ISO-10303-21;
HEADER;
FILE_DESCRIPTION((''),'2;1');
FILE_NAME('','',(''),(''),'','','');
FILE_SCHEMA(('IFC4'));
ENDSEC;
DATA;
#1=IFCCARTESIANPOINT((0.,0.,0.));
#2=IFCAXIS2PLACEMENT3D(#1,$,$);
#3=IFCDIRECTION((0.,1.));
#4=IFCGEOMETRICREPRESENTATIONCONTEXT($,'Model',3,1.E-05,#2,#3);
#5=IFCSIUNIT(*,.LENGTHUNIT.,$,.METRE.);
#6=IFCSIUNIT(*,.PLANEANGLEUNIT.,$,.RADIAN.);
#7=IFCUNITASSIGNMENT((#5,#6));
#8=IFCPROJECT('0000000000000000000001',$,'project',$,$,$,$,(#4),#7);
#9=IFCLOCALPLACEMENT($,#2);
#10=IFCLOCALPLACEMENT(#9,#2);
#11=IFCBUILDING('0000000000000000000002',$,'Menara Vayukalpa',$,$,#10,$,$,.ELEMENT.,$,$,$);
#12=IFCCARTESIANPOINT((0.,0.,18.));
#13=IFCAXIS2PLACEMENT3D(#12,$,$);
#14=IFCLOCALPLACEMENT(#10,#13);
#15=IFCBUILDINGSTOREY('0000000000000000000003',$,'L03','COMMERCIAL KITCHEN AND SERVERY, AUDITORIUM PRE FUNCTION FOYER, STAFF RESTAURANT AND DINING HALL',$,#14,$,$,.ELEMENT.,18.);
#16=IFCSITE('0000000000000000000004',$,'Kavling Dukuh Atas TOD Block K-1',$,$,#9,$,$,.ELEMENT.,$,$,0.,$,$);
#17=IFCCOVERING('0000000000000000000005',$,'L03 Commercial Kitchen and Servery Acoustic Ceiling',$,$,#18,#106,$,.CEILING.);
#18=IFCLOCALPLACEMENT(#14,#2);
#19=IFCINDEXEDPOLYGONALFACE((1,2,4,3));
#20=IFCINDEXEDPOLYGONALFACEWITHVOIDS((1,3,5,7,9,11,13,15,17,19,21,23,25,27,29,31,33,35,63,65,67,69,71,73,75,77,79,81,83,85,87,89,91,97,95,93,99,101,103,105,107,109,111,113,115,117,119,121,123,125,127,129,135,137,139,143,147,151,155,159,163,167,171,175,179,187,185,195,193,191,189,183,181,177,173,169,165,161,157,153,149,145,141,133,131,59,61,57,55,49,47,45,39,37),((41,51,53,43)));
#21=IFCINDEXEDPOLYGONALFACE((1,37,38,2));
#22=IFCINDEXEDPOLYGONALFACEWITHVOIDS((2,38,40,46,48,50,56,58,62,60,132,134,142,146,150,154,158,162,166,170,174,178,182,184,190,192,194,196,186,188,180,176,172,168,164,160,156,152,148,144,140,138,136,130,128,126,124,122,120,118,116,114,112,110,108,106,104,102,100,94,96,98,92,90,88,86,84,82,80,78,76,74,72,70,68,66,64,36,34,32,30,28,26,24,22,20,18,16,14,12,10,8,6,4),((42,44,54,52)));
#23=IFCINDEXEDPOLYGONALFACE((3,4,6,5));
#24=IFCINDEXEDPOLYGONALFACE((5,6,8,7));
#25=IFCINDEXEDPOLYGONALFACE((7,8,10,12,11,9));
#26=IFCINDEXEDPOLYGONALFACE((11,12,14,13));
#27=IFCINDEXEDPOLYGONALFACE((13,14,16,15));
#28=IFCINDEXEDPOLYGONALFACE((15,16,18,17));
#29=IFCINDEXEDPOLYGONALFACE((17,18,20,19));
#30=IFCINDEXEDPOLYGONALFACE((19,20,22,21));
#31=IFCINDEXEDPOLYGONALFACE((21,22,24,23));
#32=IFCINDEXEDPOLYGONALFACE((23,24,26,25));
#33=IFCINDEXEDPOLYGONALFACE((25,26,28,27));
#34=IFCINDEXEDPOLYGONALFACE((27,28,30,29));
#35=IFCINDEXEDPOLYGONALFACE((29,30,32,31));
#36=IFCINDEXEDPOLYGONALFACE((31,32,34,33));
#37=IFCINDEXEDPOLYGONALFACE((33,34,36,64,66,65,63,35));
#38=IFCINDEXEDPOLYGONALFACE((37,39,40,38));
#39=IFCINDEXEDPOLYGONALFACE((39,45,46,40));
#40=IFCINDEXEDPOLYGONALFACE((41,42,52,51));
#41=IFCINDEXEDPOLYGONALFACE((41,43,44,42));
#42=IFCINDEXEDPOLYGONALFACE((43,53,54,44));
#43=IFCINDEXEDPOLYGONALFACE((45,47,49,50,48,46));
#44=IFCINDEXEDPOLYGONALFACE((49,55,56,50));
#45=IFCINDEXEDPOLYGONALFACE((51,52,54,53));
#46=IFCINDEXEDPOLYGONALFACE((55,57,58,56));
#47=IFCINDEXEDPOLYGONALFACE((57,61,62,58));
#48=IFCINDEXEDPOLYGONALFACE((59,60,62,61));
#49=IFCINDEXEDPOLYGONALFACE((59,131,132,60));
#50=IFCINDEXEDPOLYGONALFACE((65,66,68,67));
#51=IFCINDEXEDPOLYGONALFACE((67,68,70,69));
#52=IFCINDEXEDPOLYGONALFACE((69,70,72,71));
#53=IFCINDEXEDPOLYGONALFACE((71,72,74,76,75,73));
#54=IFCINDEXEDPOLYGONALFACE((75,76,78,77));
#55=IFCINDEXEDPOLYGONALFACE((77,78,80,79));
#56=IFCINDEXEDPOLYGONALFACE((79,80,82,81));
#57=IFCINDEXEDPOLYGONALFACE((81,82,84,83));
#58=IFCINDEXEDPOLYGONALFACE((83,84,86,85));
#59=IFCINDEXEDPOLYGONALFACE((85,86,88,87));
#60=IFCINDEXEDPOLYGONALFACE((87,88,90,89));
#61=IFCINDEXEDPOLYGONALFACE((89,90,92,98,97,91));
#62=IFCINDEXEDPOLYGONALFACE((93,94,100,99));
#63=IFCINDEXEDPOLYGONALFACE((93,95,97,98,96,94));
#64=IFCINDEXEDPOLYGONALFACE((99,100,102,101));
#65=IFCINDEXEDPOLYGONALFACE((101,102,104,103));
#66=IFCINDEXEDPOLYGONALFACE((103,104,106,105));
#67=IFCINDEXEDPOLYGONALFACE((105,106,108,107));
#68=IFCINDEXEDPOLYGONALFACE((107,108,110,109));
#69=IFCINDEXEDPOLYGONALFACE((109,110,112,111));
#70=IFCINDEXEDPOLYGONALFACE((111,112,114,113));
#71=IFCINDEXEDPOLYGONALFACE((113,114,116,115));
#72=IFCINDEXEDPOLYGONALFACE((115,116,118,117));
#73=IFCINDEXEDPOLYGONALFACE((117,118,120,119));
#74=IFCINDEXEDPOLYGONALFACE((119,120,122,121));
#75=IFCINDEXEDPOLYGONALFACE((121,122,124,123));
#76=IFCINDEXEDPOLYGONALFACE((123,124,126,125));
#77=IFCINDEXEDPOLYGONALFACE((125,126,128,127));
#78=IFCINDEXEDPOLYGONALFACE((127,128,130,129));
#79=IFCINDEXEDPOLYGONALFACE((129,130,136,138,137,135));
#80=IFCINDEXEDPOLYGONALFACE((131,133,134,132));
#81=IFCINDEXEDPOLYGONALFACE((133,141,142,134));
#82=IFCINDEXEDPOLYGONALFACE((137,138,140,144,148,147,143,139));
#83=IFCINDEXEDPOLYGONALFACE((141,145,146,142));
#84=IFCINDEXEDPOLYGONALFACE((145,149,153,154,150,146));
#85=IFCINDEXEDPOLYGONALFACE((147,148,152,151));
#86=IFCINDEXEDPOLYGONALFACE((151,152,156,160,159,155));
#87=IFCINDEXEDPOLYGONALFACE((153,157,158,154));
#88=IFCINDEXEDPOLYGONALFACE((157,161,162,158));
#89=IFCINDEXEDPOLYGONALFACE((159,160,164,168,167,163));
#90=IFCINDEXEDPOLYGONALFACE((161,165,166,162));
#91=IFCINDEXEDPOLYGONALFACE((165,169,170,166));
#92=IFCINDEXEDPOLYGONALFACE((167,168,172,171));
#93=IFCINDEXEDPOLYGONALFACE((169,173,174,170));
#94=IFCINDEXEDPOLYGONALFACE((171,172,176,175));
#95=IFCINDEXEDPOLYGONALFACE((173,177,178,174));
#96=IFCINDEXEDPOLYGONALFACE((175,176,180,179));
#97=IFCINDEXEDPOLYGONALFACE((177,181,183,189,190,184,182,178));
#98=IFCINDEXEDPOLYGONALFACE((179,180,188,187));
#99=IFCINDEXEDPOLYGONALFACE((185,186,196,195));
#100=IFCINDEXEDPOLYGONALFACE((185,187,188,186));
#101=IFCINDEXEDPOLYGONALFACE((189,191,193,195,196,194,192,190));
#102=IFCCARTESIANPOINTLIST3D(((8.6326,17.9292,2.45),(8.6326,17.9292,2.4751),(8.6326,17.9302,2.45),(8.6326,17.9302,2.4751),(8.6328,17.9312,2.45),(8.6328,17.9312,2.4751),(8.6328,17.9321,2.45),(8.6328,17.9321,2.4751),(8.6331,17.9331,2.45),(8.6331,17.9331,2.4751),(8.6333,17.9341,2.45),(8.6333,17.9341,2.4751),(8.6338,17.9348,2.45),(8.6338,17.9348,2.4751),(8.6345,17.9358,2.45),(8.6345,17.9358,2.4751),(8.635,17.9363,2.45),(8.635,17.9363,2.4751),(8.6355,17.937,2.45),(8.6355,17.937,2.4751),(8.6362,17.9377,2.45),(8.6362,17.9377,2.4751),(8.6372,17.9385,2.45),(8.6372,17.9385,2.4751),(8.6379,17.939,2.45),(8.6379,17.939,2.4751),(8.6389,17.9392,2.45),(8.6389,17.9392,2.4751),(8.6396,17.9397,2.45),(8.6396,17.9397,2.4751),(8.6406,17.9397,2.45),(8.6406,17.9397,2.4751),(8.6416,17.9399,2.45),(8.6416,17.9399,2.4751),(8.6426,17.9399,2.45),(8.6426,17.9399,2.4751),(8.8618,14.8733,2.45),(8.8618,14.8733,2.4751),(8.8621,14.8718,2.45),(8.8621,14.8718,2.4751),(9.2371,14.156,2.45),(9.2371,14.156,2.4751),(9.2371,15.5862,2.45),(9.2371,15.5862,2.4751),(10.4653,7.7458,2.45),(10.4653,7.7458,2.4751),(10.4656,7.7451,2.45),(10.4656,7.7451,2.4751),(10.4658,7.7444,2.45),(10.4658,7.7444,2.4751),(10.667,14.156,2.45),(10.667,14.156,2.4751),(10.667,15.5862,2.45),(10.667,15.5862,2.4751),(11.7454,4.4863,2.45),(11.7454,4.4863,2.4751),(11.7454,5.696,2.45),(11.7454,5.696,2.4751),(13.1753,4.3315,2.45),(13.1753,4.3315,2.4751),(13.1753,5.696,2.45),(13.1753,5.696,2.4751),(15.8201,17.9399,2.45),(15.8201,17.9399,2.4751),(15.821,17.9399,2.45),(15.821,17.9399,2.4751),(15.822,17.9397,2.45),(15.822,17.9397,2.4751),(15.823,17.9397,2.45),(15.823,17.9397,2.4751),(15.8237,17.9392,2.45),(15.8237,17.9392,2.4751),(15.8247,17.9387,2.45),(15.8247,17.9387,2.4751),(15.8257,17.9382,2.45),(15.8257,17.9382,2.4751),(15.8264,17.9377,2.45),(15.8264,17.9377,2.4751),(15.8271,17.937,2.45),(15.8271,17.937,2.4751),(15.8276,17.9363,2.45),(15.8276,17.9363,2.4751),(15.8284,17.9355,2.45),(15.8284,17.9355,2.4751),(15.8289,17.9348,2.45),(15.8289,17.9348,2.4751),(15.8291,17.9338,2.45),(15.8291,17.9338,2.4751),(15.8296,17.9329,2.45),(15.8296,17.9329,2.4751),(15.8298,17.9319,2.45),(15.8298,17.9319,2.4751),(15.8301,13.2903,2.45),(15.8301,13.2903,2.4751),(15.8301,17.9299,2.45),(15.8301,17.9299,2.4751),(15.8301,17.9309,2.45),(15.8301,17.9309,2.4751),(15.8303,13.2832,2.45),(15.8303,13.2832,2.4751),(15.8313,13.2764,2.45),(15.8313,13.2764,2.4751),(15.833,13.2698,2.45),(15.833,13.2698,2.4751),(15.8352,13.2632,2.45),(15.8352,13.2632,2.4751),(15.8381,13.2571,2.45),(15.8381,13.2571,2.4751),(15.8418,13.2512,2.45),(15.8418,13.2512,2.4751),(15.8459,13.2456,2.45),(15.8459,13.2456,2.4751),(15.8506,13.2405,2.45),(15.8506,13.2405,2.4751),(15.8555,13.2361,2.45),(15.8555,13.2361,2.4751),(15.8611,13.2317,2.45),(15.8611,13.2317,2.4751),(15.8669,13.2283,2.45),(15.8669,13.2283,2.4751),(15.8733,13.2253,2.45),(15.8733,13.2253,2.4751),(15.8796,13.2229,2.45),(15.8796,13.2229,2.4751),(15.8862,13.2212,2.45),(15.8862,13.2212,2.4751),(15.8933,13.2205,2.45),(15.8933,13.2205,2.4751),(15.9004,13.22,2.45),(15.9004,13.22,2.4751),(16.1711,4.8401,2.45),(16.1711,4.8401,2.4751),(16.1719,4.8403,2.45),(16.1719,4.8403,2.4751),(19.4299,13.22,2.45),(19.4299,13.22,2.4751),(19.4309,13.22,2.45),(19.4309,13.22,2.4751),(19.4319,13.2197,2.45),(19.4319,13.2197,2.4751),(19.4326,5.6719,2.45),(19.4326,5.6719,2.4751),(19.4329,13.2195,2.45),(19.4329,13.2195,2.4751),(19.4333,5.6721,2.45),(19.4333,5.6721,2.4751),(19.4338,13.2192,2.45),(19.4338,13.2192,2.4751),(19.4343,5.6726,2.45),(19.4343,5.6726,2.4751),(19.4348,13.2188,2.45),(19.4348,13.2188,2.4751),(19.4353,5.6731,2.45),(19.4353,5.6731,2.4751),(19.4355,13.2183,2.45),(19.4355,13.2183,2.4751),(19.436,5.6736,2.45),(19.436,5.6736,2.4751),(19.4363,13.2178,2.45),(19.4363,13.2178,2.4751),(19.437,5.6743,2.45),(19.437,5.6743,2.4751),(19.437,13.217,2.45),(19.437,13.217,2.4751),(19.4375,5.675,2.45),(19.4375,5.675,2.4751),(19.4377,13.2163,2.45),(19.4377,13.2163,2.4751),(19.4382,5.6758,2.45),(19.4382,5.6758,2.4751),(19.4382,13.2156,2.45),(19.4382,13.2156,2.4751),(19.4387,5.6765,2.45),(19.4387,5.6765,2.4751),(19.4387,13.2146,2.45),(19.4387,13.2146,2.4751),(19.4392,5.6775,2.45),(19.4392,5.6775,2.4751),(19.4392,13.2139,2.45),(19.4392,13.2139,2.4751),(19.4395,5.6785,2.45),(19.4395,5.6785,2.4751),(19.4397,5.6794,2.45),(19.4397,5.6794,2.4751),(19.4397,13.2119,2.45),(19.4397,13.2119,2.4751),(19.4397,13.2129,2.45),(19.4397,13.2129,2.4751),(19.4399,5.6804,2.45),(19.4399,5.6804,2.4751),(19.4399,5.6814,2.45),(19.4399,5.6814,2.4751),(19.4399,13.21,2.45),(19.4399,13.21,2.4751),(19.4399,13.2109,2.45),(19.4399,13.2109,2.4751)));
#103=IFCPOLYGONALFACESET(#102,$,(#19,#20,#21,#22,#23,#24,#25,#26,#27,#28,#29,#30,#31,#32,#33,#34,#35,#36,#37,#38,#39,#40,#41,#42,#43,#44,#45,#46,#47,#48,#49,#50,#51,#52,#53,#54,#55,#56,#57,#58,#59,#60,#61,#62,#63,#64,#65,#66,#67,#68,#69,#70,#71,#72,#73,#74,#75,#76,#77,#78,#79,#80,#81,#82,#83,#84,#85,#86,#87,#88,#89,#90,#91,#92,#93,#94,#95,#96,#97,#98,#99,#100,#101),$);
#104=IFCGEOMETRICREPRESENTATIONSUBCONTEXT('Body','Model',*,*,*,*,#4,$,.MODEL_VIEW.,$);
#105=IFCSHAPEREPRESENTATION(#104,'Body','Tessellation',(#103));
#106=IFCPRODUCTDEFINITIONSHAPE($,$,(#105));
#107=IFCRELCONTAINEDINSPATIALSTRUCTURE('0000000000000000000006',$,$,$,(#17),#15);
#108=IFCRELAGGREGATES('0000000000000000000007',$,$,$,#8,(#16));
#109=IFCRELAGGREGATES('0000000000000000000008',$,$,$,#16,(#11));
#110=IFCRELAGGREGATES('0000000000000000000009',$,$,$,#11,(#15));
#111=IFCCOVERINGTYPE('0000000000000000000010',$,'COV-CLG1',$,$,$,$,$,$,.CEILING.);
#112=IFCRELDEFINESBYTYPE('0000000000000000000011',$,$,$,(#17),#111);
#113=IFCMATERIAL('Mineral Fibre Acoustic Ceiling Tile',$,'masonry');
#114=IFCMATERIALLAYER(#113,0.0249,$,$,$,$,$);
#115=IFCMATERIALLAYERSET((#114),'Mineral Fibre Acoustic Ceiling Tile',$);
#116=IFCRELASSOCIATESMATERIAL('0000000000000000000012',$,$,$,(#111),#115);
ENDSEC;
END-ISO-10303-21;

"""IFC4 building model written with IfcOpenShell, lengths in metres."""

from ifc_helpers import new_model, si_unit, direction, frame, origin, place, context, subcontext, project, spatial, polyline, outline, extrude, material, layer, layer_set, type_object, element, save


model = new_model("IFC4")

# Units and contexts
model_context = context("Model", 3, precision=1e-05, world=origin(), true_north=direction((0.0, 1.0)))
body_context = subcontext(model_context, "Body", "Model", "MODEL_VIEW")
ifc_project = project(units=[si_unit("LENGTHUNIT", "METRE"), si_unit("PLANEANGLEUNIT", "RADIAN")], contexts=[model_context])

# Site, building, storey
site_placement = place(None, origin())
site = spatial("IfcSite", under=ifc_project, at=site_placement, Name="Kavling Dukuh Atas TOD Block K-1", CompositionType="ELEMENT", RefElevation=0.0)
building_placement = place(site_placement, origin())
building = spatial("IfcBuilding", under=site, at=building_placement, Name="Menara Vayukalpa", CompositionType="ELEMENT")
storey_placement = place(building_placement, frame((0.0, 0.0, 18.0)))
storey = spatial("IfcBuildingStorey", under=building, at=storey_placement, Name="L03", Description="COMMERCIAL KITCHEN AND SERVERY, AUDITORIUM PRE FUNCTION FOYER, STAFF RESTAURANT AND DINING HALL", CompositionType="ELEMENT", Elevation=18.0)

# Covering
ifc_material_1 = material(Name="Mineral Fibre Acoustic Ceiling Tile", Category="masonry")
ifc_layer_1 = layer(ifc_material_1, 0.0249)
ifc_layer_set_1 = layer_set([ifc_layer_1], Name="Mineral Fibre Acoustic Ceiling Tile")
covering_type_1 = type_object("IfcCoveringType", Name="COV-CLG1", PredefinedType="CEILING", material=ifc_layer_set_1)
covering_1_placement = place(storey_placement, frame((0.0, 0.0, 2.45)))
element("IfcCovering", 1, at=covering_1_placement, inside=storey, type_object=covering_type_1, Name="L03 Commercial Kitchen and Servery Acoustic Ceiling", PredefinedType="CEILING", context=body_context, shape_type="SweptSolid", body=[
    extrude(outline(polyline([(10.4658, 7.7444), (10.4656, 7.7451), (10.4653, 7.7458), (8.8621, 14.8718), (8.8618, 14.8733), (8.6326, 17.9292), (8.6326, 17.9302), (8.6328, 17.9312), (8.6328, 17.9321), (8.6331, 17.9331), (8.6333, 17.9341), (8.6338, 17.9348), (8.6345, 17.9358), (8.635, 17.9363), (8.6355, 17.937), (8.6362, 17.9377), (8.6372, 17.9385), (8.6379, 17.939), (8.6389, 17.9392), (8.6396, 17.9397), (8.6406, 17.9397), (8.6416, 17.9399), (8.6426, 17.9399), (15.8201, 17.9399), (15.821, 17.9399), (15.822, 17.9397), (15.823, 17.9397), (15.8237, 17.9392), (15.8247, 17.9387), (15.8257, 17.9382), (15.8264, 17.9377), (15.8271, 17.937), (15.8276, 17.9363), (15.8284, 17.9355), (15.8289, 17.9348), (15.8291, 17.9338), (15.8296, 17.9329), (15.8298, 17.9319), (15.8301, 17.9309), (15.8301, 17.9299), (15.8301, 13.2903), (15.8303, 13.2832), (15.8313, 13.2764), (15.833, 13.2698), (15.8352, 13.2632), (15.8381, 13.2571), (15.8418, 13.2512), (15.8459, 13.2456), (15.8506, 13.2405), (15.8555, 13.2361), (15.8611, 13.2317), (15.8669, 13.2283), (15.8733, 13.2253), (15.8796, 13.2229), (15.8862, 13.2212), (15.8933, 13.2205), (15.9004, 13.22), (19.4299, 13.22), (19.4309, 13.22), (19.4319, 13.2197), (19.4329, 13.2195), (19.4338, 13.2192), (19.4348, 13.2188), (19.4355, 13.2183), (19.4363, 13.2178), (19.437, 13.217), (19.4377, 13.2163), (19.4382, 13.2156), (19.4387, 13.2146), (19.4392, 13.2139), (19.4397, 13.2129), (19.4397, 13.2119), (19.4399, 13.2109), (19.4399, 13.21), (19.4399, 5.6814), (19.4399, 5.6804), (19.4397, 5.6794), (19.4395, 5.6785), (19.4392, 5.6775), (19.4387, 5.6765), (19.4382, 5.6758), (19.4375, 5.675), (19.437, 5.6743), (19.436, 5.6736), (19.4353, 5.6731), (19.4343, 5.6726), (19.4333, 5.6721), (19.4326, 5.6719), (16.1719, 4.8403), (16.1711, 4.8401), (13.1753, 4.3315), (13.1753, 5.696), (11.7454, 5.696), (11.7454, 4.4863), (10.4658, 7.7444)]), holes=[polyline([(10.667, 15.5862), (9.2371, 15.5862), (9.2371, 14.156), (10.667, 14.156), (10.667, 15.5862)])]), origin(), (0.0, 0.0, 1.0), 0.0251),
])

save(model, "model.ifc")
